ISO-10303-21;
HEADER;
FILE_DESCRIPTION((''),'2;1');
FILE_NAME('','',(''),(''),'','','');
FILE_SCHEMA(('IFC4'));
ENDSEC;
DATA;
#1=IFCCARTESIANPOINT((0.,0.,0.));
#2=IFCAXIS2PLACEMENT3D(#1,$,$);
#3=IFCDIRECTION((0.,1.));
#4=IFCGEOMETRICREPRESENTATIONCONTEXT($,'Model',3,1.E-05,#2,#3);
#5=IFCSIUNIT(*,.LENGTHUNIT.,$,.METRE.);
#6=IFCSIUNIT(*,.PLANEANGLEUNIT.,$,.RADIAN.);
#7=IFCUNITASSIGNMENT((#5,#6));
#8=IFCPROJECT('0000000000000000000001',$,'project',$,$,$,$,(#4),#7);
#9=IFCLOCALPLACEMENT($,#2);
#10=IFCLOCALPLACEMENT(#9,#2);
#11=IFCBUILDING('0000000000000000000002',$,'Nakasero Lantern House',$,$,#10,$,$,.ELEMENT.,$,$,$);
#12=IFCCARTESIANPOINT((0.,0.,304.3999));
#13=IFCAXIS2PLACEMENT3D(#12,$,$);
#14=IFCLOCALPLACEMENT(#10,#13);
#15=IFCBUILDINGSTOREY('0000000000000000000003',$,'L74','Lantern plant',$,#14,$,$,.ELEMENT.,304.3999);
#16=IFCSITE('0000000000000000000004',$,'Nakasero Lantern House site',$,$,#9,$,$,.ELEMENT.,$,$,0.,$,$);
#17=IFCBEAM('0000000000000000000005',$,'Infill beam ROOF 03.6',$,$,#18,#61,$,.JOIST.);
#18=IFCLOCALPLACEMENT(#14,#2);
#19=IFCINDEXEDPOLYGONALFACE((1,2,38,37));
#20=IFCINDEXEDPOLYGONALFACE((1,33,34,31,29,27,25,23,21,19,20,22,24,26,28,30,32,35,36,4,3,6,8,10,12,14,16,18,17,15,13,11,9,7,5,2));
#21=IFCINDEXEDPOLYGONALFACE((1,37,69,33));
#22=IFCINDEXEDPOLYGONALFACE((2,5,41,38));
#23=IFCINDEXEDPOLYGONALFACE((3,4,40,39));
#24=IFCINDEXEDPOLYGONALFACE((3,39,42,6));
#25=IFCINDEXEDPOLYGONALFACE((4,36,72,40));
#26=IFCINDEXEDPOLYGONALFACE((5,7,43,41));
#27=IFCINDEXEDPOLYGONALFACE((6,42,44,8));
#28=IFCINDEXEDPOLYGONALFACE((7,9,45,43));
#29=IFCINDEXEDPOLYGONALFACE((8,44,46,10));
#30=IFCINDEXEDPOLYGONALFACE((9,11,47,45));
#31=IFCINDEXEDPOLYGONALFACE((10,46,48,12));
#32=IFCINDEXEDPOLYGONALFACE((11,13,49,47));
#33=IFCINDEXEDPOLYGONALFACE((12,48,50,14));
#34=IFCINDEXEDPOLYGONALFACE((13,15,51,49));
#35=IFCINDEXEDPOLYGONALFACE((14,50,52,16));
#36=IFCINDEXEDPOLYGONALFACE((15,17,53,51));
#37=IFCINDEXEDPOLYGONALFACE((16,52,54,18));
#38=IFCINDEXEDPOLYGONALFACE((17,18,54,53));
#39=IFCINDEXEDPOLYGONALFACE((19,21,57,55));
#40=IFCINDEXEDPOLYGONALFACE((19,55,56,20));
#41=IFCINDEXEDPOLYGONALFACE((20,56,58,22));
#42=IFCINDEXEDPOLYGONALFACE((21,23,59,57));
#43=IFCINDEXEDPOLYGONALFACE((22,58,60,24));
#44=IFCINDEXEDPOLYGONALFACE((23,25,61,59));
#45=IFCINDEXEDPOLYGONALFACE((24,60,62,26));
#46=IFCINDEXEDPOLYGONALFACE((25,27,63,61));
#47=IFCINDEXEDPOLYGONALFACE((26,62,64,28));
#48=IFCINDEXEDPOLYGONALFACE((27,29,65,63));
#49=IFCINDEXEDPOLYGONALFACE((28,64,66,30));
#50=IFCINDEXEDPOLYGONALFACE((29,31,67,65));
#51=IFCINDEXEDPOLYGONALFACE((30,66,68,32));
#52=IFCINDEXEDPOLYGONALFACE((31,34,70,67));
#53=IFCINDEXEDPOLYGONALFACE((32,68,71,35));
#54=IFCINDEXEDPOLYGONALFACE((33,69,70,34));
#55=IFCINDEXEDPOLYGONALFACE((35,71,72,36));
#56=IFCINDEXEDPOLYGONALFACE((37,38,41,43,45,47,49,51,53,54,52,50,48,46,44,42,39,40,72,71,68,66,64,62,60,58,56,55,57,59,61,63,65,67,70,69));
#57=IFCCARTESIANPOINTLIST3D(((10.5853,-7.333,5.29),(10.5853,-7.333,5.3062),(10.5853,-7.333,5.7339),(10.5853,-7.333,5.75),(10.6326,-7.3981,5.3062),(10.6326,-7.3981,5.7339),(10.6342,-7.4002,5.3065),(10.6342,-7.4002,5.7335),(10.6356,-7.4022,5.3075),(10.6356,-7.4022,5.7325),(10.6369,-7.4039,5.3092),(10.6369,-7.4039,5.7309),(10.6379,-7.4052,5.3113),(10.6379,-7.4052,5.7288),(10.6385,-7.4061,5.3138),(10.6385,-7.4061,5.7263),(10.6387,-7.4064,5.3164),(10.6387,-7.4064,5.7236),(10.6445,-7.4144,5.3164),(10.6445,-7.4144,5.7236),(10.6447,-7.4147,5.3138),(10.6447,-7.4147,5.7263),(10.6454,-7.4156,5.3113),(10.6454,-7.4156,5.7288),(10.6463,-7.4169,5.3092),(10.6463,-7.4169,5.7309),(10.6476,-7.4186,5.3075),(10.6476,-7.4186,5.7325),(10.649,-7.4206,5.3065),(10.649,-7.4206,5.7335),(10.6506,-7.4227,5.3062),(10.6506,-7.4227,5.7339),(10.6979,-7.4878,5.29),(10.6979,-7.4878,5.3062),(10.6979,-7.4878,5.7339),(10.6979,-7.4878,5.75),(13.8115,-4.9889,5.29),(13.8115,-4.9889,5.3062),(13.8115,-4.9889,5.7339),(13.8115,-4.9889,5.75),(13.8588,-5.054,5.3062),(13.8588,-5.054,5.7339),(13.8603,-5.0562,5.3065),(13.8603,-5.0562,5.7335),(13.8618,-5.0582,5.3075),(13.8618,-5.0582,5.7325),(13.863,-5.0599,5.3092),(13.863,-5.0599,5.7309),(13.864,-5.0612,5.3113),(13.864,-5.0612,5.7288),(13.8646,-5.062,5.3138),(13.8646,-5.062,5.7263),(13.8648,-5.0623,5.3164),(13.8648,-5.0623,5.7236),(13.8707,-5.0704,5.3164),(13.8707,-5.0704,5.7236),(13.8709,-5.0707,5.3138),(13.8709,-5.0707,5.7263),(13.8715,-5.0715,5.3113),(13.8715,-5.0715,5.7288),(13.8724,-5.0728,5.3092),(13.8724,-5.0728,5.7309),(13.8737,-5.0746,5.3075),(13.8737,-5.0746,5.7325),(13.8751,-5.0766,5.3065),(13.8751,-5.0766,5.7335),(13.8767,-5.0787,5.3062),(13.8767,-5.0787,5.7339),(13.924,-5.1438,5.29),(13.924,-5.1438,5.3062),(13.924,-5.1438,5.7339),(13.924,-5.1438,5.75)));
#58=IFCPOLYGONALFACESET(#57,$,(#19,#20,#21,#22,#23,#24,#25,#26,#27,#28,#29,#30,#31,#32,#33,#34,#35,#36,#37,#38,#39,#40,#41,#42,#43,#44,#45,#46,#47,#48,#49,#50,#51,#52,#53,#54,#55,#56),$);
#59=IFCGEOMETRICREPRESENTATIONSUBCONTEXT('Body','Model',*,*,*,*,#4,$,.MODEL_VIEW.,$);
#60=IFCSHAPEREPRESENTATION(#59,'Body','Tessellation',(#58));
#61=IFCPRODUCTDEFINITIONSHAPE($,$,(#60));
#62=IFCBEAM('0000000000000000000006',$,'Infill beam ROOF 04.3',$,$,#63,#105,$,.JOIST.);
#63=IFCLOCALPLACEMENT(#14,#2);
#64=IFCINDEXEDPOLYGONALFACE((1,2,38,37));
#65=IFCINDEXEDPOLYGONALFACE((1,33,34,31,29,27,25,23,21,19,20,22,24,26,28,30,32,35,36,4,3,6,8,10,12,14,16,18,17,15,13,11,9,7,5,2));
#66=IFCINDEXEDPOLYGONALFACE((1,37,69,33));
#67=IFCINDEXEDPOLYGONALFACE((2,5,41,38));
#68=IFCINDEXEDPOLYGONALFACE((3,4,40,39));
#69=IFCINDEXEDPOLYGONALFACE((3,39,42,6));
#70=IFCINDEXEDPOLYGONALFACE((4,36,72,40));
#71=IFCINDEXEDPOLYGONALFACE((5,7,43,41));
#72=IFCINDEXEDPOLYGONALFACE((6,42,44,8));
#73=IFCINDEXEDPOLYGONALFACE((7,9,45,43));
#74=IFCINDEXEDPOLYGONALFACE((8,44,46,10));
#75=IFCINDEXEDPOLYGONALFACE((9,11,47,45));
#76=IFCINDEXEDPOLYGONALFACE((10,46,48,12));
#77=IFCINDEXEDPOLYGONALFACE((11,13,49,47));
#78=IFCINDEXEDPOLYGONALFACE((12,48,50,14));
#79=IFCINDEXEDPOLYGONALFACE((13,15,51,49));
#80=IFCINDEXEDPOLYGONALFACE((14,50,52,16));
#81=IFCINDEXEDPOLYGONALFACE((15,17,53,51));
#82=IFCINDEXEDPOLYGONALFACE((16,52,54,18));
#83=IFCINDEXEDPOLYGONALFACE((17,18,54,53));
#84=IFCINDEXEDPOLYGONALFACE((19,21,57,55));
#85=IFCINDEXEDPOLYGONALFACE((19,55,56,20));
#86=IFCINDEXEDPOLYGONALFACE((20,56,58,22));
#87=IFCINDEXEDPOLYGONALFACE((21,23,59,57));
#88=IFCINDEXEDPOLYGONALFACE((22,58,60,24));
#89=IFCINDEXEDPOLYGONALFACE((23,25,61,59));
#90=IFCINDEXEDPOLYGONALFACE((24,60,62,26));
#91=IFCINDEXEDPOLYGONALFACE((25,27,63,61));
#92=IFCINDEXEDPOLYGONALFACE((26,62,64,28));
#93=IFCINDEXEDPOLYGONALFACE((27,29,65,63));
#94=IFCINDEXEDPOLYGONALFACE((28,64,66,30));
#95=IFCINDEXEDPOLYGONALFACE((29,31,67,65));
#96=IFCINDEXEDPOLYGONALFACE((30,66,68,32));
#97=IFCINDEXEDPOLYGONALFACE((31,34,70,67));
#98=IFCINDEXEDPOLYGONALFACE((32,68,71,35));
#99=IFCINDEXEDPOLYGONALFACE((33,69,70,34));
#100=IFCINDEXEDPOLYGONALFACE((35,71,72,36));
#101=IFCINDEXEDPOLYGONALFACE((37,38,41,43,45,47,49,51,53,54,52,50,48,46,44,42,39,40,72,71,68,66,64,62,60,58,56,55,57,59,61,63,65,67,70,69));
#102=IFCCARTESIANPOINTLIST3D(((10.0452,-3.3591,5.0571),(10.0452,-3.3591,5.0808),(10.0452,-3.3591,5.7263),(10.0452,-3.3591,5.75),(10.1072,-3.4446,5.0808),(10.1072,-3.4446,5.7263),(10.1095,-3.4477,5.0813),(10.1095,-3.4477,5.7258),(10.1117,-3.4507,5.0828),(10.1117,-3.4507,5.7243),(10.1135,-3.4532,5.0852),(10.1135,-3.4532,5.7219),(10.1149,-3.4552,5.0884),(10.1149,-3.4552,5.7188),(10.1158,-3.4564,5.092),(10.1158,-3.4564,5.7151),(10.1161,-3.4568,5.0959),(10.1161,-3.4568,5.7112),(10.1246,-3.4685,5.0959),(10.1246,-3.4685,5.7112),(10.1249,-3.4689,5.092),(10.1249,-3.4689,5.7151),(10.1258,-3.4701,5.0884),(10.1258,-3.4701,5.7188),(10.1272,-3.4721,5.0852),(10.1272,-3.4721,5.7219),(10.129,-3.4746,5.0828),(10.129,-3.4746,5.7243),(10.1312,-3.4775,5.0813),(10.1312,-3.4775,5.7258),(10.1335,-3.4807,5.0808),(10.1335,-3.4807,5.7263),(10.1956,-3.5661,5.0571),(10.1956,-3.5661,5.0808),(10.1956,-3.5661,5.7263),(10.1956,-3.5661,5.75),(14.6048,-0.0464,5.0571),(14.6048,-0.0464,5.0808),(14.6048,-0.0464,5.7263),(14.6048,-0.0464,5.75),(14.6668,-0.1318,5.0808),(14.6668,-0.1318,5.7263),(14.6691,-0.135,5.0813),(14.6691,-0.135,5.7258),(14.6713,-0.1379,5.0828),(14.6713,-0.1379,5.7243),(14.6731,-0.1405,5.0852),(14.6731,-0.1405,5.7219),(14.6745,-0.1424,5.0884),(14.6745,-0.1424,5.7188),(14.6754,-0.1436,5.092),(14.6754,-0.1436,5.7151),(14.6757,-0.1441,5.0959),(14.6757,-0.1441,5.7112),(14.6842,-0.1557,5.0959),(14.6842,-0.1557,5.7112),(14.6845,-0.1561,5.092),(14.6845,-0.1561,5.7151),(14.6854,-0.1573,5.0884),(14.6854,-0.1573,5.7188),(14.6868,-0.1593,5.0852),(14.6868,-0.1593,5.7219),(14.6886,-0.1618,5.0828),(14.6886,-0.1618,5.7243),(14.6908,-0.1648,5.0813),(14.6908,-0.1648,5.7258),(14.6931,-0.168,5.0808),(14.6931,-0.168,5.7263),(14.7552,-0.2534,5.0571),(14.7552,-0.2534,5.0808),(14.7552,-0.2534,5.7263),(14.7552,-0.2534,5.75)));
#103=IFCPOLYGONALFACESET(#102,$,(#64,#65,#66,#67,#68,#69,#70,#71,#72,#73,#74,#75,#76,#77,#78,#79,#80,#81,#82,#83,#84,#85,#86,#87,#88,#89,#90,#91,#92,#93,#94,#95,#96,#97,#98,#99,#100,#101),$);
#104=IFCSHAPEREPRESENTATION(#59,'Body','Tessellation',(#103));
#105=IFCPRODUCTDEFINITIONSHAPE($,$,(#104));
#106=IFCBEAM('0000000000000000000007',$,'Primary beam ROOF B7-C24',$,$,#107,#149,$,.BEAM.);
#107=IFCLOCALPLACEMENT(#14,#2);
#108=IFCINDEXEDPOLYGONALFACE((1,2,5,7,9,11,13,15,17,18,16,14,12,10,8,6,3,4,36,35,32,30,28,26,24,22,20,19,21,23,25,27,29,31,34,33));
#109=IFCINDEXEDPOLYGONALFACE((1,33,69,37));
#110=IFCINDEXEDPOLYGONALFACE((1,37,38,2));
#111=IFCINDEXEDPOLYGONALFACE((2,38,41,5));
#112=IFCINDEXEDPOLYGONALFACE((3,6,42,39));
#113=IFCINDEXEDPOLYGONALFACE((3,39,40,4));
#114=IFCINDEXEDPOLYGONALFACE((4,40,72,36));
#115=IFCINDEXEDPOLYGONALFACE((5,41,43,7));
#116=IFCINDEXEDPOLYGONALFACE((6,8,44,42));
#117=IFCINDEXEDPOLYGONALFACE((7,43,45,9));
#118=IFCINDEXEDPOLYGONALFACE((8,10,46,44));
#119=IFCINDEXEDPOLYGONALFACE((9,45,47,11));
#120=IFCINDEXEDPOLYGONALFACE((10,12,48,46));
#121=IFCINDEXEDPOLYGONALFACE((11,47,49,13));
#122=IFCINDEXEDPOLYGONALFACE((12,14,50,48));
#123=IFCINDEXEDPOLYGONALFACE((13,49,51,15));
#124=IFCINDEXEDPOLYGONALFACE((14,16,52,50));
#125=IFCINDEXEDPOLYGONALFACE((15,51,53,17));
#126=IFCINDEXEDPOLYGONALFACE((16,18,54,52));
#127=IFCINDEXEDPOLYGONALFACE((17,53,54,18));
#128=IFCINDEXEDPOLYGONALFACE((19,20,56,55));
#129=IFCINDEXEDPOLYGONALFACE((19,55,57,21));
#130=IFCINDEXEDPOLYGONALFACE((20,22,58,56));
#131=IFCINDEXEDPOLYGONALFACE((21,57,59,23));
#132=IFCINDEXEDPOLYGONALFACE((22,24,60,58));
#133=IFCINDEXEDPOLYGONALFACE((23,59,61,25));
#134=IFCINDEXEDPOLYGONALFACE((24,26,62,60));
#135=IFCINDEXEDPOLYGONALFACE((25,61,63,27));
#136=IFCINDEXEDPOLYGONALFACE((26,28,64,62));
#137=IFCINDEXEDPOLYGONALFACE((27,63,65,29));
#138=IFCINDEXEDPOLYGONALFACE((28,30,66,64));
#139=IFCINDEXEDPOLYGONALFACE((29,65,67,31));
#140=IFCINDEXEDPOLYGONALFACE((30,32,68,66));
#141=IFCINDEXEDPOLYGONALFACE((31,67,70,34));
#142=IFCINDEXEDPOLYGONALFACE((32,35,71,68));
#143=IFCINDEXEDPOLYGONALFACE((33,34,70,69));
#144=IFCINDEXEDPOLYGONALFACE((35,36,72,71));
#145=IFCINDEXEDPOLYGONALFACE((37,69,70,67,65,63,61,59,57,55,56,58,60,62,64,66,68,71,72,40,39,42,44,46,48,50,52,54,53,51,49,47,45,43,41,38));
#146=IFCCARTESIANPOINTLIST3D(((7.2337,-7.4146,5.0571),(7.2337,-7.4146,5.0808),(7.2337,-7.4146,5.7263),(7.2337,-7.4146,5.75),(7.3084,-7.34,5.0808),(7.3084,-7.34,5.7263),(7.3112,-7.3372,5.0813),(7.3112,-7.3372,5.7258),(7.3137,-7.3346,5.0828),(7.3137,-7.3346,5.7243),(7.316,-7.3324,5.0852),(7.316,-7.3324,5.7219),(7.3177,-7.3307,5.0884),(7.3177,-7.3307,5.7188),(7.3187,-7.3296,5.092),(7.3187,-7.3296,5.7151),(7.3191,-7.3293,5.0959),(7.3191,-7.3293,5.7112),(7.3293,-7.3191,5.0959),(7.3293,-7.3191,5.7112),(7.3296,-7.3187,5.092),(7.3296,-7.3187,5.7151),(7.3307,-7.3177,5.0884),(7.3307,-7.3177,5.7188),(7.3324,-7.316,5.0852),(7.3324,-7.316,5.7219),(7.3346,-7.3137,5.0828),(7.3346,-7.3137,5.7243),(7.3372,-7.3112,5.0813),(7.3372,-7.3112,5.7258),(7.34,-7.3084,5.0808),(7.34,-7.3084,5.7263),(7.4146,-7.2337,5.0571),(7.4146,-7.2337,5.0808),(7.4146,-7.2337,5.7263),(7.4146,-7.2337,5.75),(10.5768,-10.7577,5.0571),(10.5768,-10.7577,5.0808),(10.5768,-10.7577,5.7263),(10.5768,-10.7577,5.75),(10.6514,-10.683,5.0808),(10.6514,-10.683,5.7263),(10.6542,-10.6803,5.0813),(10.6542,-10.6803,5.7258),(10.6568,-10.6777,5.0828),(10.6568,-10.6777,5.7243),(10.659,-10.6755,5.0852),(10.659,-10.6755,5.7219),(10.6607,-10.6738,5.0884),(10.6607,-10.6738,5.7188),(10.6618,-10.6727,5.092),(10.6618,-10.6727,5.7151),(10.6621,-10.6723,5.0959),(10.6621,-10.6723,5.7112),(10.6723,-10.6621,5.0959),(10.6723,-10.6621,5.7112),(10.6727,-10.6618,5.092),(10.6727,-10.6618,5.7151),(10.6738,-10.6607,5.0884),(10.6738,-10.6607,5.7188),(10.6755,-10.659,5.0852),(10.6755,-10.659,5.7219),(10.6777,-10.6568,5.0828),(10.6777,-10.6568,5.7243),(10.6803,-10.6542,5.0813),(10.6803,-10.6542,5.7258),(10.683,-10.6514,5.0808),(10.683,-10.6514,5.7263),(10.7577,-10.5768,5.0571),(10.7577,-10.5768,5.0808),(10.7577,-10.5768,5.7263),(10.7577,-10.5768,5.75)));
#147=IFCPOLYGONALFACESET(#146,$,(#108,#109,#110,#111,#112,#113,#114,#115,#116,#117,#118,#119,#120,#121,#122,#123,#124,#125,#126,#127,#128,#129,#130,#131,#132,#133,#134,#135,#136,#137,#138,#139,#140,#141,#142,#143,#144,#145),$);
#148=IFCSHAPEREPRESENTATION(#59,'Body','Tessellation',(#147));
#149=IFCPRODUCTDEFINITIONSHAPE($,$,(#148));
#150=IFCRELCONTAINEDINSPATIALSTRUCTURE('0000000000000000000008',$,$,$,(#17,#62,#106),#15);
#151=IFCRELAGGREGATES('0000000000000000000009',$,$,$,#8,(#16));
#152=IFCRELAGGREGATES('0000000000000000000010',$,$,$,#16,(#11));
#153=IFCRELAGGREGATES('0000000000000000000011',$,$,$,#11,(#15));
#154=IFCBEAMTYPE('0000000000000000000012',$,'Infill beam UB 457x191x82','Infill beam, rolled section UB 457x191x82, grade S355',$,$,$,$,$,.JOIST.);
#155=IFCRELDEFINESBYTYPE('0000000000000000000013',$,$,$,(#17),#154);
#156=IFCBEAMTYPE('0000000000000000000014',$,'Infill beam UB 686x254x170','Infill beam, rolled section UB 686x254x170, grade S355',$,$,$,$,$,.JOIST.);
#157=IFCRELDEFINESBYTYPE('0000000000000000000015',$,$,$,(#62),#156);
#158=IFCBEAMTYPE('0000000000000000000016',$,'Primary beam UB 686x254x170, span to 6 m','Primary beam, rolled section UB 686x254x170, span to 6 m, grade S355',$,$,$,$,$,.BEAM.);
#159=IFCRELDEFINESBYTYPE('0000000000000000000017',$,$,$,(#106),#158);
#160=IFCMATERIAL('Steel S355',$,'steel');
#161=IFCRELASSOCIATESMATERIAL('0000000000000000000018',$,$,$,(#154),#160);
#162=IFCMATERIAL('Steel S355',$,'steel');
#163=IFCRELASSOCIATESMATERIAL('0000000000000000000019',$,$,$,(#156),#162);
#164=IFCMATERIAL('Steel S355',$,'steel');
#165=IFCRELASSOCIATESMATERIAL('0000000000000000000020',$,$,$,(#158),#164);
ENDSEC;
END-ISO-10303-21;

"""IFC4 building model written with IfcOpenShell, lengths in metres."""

from ifc_helpers import new_model, si_unit, direction, frame, origin, origin_2d, place, context, subcontext, project, spatial, i_section, extrude, material, material_profile, profile_set, type_object, element, save


model = new_model("IFC4")

# Units and contexts
model_context = context("Model", 3, precision=1e-05, world=origin(), true_north=direction((0.0, 1.0)))
body_context = subcontext(model_context, "Body", "Model", "MODEL_VIEW")
ifc_project = project(units=[si_unit("LENGTHUNIT", "METRE"), si_unit("PLANEANGLEUNIT", "RADIAN")], contexts=[model_context])

# Site, building, storey
site_placement = place(None, origin())
site = spatial("IfcSite", under=ifc_project, at=site_placement, Name="Nakasero Lantern House site", CompositionType="ELEMENT", RefElevation=0.0)
building_placement = place(site_placement, origin())
building = spatial("IfcBuilding", under=site, at=building_placement, Name="Nakasero Lantern House", CompositionType="ELEMENT")
storey_placement = place(building_placement, frame((0.0, 0.0, 304.3999)))
storey = spatial("IfcBuildingStorey", under=building, at=storey_placement, Name="L74", Description="Lantern plant", CompositionType="ELEMENT", Elevation=304.3999)

# Beams
ifc_material_1 = material(Name="Steel S355", Category="steel")
ifc_material_profile_1 = material_profile(ifc_material_1, i_section(OverallWidth=0.1914, OverallDepth=0.46, WebThickness=0.01, FlangeThickness=0.0161, FilletRadius=0.0103, at=origin_2d()), Name="UB 457x191x82")
ifc_profile_set_1 = profile_set([ifc_material_profile_1], Name="Steel S355")
beam_type_1 = type_object("IfcBeamType", Name="Infill beam UB 457x191x82", Description="Infill beam, rolled section UB 457x191x82, grade S355", PredefinedType="JOIST", material=ifc_profile_set_1)
beam_1_placement = place(storey_placement, frame((10.6416, -7.4104, 5.52), z_axis=(0.809003, 0.587804, 0.0), x_axis=(-0.587804, 0.809003, 0.0)))
element("IfcBeam", 1, at=beam_1_placement, inside=storey, type_object=beam_type_1, Name="Infill beam ROOF 03.6", PredefinedType="JOIST", context=body_context, shape_type="SweptSolid", body=[
    extrude(i_section(OverallWidth=0.1914, OverallDepth=0.46, WebThickness=0.01, FlangeThickness=0.0161, FilletRadius=0.0103, at=origin_2d()), origin(), (0.0, 0.0, 1.0), 3.9878),
])
ifc_material_2 = material(Name="Steel S355", Category="steel")
ifc_material_profile_2 = material_profile(ifc_material_2, i_section(OverallWidth=0.2559, OverallDepth=0.6929, WebThickness=0.0144, FlangeThickness=0.0237, FilletRadius=0.0151, at=origin_2d()), Name="UB 686x254x170")
ifc_profile_set_2 = profile_set([ifc_material_profile_2], Name="Steel S355")
beam_type_2 = type_object("IfcBeamType", Name="Infill beam UB 686x254x170", Description="Infill beam, rolled section UB 686x254x170, grade S355", PredefinedType="JOIST", material=ifc_profile_set_2)
beam_2_placement = place(storey_placement, frame((10.1204, -3.4626, 5.4036), z_axis=(0.809015, 0.587788, 0.0), x_axis=(-0.587788, 0.809015, 0.0)))
element("IfcBeam", 2, at=beam_2_placement, inside=storey, type_object=beam_type_2, Name="Infill beam ROOF 04.3", PredefinedType="JOIST", context=body_context, shape_type="SweptSolid", body=[
    extrude(i_section(OverallWidth=0.2559, OverallDepth=0.6929, WebThickness=0.0144, FlangeThickness=0.0237, FilletRadius=0.0151, at=origin_2d()), origin(), (0.0, 0.0, 1.0), 5.636),
])
ifc_material_3 = material(Name="Steel S355", Category="steel")
ifc_material_profile_3 = material_profile(ifc_material_3, i_section(OverallWidth=0.2559, OverallDepth=0.6929, WebThickness=0.0144, FlangeThickness=0.0237, FilletRadius=0.0151, at=origin_2d()), Name="UB 686x254x170")
ifc_profile_set_3 = profile_set([ifc_material_profile_3], Name="Steel S355")
beam_type_3 = type_object("IfcBeamType", Name="Primary beam UB 686x254x170, span to 6 m", Description="Primary beam, rolled section UB 686x254x170, span to 6 m, grade S355", PredefinedType="BEAM", material=ifc_profile_set_3)
beam_3_placement = place(storey_placement, frame((10.6672, -10.6672, 5.4036), z_axis=(-0.707107, 0.707107, 0.0), x_axis=(-0.707107, -0.707107, 0.0)))
element("IfcBeam", 3, at=beam_3_placement, inside=storey, type_object=beam_type_3, Name="Primary beam ROOF B7-C24", PredefinedType="BEAM", context=body_context, shape_type="SweptSolid", body=[
    extrude(i_section(OverallWidth=0.2559, OverallDepth=0.6929, WebThickness=0.0144, FlangeThickness=0.0237, FilletRadius=0.0151, at=origin_2d()), origin(), (0.0, 0.0, 1.0), 4.7278),
])

save(model, "model.ifc")
